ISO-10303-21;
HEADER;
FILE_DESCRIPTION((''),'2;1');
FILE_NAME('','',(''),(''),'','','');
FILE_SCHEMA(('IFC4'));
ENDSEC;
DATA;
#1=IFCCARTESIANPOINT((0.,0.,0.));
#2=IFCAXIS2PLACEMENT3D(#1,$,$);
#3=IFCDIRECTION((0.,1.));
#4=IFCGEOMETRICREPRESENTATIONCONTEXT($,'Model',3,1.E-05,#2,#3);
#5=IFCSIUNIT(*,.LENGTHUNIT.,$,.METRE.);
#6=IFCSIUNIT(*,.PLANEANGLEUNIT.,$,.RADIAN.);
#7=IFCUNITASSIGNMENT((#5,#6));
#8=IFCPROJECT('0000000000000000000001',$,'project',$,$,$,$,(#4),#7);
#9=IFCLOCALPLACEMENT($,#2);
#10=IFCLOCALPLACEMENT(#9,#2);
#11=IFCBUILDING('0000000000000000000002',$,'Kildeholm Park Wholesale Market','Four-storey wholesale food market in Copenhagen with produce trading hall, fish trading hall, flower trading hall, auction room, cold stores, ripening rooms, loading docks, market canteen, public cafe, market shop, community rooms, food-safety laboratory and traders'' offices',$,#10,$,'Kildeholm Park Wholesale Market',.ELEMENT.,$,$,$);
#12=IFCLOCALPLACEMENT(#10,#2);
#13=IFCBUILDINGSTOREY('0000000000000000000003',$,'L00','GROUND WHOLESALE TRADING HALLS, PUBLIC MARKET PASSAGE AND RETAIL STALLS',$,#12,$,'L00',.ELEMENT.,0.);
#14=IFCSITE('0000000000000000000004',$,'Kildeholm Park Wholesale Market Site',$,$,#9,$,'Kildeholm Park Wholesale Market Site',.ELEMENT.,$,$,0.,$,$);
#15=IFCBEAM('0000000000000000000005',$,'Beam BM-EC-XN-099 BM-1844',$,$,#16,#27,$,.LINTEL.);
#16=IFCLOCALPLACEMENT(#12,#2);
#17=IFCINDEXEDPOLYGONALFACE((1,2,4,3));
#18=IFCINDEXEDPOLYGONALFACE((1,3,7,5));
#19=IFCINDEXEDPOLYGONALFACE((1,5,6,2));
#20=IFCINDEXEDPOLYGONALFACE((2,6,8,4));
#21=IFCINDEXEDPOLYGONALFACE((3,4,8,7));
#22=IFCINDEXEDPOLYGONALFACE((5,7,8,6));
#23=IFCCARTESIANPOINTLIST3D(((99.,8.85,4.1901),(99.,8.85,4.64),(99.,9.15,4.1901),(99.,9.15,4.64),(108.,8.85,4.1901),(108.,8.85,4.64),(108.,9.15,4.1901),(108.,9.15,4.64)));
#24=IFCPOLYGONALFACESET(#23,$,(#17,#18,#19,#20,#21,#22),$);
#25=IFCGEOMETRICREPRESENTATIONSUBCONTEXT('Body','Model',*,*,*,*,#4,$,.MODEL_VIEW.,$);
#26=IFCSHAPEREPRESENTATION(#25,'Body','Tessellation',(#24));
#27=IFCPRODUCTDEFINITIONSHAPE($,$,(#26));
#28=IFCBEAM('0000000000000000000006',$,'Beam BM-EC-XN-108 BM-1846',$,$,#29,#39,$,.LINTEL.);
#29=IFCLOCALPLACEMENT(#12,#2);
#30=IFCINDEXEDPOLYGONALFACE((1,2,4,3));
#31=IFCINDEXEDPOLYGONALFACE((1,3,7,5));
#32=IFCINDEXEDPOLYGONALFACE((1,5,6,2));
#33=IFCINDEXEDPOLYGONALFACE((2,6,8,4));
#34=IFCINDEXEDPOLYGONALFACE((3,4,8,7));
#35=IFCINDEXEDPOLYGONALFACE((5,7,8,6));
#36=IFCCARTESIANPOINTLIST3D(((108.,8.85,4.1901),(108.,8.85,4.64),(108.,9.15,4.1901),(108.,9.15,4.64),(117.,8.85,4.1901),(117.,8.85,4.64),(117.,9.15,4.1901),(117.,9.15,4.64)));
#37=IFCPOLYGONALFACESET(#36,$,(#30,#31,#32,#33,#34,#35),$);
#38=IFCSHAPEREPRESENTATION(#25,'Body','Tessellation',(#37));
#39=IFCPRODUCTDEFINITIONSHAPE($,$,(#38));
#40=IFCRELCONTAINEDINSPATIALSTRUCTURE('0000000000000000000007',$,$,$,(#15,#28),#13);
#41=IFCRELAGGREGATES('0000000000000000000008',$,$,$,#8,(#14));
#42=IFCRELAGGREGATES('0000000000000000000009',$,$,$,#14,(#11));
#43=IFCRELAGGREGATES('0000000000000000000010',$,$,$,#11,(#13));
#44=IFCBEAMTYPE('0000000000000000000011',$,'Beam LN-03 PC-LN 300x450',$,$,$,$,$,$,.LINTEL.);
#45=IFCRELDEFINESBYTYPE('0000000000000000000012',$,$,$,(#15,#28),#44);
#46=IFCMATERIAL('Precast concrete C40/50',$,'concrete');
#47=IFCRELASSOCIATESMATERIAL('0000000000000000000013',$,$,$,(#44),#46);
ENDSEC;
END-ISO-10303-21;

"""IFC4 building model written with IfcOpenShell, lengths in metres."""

from ifc_helpers import new_model, si_unit, direction, frame, origin, origin_2d, place, context, subcontext, project, spatial, rectangle, extrude, material, material_profile, profile_set, type_object, element, save


model = new_model("IFC4")

# Units and contexts
model_context = context("Model", 3, precision=1e-05, world=origin(), true_north=direction((0.0, 1.0)))
body_context = subcontext(model_context, "Body", "Model", "MODEL_VIEW")
ifc_project = project(units=[si_unit("LENGTHUNIT", "METRE"), si_unit("PLANEANGLEUNIT", "RADIAN")], contexts=[model_context])

# Site, building, storey
site_placement = place(None, origin())
site = spatial("IfcSite", under=ifc_project, at=site_placement, Name="Kildeholm Park Wholesale Market Site", LongName="Kildeholm Park Wholesale Market Site", CompositionType="ELEMENT", RefElevation=0.0)
building_placement = place(site_placement, origin())
building = spatial("IfcBuilding", under=site, at=building_placement, Name="Kildeholm Park Wholesale Market", Description="Four-storey wholesale food market in Copenhagen with produce trading hall, fish trading hall, flower trading hall, auction room, cold stores, ripening rooms, loading docks, market canteen, public cafe, market shop, community rooms, food-safety laboratory and traders' offices", LongName="Kildeholm Park Wholesale Market", CompositionType="ELEMENT")
storey_placement = place(building_placement, origin())
storey = spatial("IfcBuildingStorey", under=building, at=storey_placement, Name="L00", Description="GROUND WHOLESALE TRADING HALLS, PUBLIC MARKET PASSAGE AND RETAIL STALLS", LongName="L00", CompositionType="ELEMENT", Elevation=0.0)

# Beams
ifc_material_1 = material(Name="Precast concrete C40/50", Category="concrete")
ifc_material_profile_1 = material_profile(ifc_material_1, rectangle(XDim=0.3, YDim=0.45, at=origin_2d()), Name="PC-LN 300x450")
ifc_profile_set_1 = profile_set([ifc_material_profile_1], Name="Precast concrete C40/50")
beam_type = type_object("IfcBeamType", Name="Beam LN-03 PC-LN 300x450", PredefinedType="LINTEL", material=ifc_profile_set_1)
for number, where, z_axis, x_axis, name in (
    (1, (99.0, 9.0, 4.415), (1.0, 0.0, 0.0), (0.0, 1.0, 0.0), "Beam BM-EC-XN-099 BM-1844"),
    (2, (108.0, 9.0, 4.415), (1.0, 0.0, 0.0), (0.0, 1.0, 0.0), "Beam BM-EC-XN-108 BM-1846"),
):
    element("IfcBeam", number, at=place(storey_placement, frame(where, z_axis=z_axis, x_axis=x_axis)), inside=storey, type_object=beam_type, Name=name, PredefinedType="LINTEL", context=body_context, shape_type="SweptSolid", body=[
        extrude(rectangle(XDim=0.3, YDim=0.45, at=origin_2d()), origin(), (0.0, 0.0, 1.0), 9.0),
    ])

save(model, "model.ifc")
